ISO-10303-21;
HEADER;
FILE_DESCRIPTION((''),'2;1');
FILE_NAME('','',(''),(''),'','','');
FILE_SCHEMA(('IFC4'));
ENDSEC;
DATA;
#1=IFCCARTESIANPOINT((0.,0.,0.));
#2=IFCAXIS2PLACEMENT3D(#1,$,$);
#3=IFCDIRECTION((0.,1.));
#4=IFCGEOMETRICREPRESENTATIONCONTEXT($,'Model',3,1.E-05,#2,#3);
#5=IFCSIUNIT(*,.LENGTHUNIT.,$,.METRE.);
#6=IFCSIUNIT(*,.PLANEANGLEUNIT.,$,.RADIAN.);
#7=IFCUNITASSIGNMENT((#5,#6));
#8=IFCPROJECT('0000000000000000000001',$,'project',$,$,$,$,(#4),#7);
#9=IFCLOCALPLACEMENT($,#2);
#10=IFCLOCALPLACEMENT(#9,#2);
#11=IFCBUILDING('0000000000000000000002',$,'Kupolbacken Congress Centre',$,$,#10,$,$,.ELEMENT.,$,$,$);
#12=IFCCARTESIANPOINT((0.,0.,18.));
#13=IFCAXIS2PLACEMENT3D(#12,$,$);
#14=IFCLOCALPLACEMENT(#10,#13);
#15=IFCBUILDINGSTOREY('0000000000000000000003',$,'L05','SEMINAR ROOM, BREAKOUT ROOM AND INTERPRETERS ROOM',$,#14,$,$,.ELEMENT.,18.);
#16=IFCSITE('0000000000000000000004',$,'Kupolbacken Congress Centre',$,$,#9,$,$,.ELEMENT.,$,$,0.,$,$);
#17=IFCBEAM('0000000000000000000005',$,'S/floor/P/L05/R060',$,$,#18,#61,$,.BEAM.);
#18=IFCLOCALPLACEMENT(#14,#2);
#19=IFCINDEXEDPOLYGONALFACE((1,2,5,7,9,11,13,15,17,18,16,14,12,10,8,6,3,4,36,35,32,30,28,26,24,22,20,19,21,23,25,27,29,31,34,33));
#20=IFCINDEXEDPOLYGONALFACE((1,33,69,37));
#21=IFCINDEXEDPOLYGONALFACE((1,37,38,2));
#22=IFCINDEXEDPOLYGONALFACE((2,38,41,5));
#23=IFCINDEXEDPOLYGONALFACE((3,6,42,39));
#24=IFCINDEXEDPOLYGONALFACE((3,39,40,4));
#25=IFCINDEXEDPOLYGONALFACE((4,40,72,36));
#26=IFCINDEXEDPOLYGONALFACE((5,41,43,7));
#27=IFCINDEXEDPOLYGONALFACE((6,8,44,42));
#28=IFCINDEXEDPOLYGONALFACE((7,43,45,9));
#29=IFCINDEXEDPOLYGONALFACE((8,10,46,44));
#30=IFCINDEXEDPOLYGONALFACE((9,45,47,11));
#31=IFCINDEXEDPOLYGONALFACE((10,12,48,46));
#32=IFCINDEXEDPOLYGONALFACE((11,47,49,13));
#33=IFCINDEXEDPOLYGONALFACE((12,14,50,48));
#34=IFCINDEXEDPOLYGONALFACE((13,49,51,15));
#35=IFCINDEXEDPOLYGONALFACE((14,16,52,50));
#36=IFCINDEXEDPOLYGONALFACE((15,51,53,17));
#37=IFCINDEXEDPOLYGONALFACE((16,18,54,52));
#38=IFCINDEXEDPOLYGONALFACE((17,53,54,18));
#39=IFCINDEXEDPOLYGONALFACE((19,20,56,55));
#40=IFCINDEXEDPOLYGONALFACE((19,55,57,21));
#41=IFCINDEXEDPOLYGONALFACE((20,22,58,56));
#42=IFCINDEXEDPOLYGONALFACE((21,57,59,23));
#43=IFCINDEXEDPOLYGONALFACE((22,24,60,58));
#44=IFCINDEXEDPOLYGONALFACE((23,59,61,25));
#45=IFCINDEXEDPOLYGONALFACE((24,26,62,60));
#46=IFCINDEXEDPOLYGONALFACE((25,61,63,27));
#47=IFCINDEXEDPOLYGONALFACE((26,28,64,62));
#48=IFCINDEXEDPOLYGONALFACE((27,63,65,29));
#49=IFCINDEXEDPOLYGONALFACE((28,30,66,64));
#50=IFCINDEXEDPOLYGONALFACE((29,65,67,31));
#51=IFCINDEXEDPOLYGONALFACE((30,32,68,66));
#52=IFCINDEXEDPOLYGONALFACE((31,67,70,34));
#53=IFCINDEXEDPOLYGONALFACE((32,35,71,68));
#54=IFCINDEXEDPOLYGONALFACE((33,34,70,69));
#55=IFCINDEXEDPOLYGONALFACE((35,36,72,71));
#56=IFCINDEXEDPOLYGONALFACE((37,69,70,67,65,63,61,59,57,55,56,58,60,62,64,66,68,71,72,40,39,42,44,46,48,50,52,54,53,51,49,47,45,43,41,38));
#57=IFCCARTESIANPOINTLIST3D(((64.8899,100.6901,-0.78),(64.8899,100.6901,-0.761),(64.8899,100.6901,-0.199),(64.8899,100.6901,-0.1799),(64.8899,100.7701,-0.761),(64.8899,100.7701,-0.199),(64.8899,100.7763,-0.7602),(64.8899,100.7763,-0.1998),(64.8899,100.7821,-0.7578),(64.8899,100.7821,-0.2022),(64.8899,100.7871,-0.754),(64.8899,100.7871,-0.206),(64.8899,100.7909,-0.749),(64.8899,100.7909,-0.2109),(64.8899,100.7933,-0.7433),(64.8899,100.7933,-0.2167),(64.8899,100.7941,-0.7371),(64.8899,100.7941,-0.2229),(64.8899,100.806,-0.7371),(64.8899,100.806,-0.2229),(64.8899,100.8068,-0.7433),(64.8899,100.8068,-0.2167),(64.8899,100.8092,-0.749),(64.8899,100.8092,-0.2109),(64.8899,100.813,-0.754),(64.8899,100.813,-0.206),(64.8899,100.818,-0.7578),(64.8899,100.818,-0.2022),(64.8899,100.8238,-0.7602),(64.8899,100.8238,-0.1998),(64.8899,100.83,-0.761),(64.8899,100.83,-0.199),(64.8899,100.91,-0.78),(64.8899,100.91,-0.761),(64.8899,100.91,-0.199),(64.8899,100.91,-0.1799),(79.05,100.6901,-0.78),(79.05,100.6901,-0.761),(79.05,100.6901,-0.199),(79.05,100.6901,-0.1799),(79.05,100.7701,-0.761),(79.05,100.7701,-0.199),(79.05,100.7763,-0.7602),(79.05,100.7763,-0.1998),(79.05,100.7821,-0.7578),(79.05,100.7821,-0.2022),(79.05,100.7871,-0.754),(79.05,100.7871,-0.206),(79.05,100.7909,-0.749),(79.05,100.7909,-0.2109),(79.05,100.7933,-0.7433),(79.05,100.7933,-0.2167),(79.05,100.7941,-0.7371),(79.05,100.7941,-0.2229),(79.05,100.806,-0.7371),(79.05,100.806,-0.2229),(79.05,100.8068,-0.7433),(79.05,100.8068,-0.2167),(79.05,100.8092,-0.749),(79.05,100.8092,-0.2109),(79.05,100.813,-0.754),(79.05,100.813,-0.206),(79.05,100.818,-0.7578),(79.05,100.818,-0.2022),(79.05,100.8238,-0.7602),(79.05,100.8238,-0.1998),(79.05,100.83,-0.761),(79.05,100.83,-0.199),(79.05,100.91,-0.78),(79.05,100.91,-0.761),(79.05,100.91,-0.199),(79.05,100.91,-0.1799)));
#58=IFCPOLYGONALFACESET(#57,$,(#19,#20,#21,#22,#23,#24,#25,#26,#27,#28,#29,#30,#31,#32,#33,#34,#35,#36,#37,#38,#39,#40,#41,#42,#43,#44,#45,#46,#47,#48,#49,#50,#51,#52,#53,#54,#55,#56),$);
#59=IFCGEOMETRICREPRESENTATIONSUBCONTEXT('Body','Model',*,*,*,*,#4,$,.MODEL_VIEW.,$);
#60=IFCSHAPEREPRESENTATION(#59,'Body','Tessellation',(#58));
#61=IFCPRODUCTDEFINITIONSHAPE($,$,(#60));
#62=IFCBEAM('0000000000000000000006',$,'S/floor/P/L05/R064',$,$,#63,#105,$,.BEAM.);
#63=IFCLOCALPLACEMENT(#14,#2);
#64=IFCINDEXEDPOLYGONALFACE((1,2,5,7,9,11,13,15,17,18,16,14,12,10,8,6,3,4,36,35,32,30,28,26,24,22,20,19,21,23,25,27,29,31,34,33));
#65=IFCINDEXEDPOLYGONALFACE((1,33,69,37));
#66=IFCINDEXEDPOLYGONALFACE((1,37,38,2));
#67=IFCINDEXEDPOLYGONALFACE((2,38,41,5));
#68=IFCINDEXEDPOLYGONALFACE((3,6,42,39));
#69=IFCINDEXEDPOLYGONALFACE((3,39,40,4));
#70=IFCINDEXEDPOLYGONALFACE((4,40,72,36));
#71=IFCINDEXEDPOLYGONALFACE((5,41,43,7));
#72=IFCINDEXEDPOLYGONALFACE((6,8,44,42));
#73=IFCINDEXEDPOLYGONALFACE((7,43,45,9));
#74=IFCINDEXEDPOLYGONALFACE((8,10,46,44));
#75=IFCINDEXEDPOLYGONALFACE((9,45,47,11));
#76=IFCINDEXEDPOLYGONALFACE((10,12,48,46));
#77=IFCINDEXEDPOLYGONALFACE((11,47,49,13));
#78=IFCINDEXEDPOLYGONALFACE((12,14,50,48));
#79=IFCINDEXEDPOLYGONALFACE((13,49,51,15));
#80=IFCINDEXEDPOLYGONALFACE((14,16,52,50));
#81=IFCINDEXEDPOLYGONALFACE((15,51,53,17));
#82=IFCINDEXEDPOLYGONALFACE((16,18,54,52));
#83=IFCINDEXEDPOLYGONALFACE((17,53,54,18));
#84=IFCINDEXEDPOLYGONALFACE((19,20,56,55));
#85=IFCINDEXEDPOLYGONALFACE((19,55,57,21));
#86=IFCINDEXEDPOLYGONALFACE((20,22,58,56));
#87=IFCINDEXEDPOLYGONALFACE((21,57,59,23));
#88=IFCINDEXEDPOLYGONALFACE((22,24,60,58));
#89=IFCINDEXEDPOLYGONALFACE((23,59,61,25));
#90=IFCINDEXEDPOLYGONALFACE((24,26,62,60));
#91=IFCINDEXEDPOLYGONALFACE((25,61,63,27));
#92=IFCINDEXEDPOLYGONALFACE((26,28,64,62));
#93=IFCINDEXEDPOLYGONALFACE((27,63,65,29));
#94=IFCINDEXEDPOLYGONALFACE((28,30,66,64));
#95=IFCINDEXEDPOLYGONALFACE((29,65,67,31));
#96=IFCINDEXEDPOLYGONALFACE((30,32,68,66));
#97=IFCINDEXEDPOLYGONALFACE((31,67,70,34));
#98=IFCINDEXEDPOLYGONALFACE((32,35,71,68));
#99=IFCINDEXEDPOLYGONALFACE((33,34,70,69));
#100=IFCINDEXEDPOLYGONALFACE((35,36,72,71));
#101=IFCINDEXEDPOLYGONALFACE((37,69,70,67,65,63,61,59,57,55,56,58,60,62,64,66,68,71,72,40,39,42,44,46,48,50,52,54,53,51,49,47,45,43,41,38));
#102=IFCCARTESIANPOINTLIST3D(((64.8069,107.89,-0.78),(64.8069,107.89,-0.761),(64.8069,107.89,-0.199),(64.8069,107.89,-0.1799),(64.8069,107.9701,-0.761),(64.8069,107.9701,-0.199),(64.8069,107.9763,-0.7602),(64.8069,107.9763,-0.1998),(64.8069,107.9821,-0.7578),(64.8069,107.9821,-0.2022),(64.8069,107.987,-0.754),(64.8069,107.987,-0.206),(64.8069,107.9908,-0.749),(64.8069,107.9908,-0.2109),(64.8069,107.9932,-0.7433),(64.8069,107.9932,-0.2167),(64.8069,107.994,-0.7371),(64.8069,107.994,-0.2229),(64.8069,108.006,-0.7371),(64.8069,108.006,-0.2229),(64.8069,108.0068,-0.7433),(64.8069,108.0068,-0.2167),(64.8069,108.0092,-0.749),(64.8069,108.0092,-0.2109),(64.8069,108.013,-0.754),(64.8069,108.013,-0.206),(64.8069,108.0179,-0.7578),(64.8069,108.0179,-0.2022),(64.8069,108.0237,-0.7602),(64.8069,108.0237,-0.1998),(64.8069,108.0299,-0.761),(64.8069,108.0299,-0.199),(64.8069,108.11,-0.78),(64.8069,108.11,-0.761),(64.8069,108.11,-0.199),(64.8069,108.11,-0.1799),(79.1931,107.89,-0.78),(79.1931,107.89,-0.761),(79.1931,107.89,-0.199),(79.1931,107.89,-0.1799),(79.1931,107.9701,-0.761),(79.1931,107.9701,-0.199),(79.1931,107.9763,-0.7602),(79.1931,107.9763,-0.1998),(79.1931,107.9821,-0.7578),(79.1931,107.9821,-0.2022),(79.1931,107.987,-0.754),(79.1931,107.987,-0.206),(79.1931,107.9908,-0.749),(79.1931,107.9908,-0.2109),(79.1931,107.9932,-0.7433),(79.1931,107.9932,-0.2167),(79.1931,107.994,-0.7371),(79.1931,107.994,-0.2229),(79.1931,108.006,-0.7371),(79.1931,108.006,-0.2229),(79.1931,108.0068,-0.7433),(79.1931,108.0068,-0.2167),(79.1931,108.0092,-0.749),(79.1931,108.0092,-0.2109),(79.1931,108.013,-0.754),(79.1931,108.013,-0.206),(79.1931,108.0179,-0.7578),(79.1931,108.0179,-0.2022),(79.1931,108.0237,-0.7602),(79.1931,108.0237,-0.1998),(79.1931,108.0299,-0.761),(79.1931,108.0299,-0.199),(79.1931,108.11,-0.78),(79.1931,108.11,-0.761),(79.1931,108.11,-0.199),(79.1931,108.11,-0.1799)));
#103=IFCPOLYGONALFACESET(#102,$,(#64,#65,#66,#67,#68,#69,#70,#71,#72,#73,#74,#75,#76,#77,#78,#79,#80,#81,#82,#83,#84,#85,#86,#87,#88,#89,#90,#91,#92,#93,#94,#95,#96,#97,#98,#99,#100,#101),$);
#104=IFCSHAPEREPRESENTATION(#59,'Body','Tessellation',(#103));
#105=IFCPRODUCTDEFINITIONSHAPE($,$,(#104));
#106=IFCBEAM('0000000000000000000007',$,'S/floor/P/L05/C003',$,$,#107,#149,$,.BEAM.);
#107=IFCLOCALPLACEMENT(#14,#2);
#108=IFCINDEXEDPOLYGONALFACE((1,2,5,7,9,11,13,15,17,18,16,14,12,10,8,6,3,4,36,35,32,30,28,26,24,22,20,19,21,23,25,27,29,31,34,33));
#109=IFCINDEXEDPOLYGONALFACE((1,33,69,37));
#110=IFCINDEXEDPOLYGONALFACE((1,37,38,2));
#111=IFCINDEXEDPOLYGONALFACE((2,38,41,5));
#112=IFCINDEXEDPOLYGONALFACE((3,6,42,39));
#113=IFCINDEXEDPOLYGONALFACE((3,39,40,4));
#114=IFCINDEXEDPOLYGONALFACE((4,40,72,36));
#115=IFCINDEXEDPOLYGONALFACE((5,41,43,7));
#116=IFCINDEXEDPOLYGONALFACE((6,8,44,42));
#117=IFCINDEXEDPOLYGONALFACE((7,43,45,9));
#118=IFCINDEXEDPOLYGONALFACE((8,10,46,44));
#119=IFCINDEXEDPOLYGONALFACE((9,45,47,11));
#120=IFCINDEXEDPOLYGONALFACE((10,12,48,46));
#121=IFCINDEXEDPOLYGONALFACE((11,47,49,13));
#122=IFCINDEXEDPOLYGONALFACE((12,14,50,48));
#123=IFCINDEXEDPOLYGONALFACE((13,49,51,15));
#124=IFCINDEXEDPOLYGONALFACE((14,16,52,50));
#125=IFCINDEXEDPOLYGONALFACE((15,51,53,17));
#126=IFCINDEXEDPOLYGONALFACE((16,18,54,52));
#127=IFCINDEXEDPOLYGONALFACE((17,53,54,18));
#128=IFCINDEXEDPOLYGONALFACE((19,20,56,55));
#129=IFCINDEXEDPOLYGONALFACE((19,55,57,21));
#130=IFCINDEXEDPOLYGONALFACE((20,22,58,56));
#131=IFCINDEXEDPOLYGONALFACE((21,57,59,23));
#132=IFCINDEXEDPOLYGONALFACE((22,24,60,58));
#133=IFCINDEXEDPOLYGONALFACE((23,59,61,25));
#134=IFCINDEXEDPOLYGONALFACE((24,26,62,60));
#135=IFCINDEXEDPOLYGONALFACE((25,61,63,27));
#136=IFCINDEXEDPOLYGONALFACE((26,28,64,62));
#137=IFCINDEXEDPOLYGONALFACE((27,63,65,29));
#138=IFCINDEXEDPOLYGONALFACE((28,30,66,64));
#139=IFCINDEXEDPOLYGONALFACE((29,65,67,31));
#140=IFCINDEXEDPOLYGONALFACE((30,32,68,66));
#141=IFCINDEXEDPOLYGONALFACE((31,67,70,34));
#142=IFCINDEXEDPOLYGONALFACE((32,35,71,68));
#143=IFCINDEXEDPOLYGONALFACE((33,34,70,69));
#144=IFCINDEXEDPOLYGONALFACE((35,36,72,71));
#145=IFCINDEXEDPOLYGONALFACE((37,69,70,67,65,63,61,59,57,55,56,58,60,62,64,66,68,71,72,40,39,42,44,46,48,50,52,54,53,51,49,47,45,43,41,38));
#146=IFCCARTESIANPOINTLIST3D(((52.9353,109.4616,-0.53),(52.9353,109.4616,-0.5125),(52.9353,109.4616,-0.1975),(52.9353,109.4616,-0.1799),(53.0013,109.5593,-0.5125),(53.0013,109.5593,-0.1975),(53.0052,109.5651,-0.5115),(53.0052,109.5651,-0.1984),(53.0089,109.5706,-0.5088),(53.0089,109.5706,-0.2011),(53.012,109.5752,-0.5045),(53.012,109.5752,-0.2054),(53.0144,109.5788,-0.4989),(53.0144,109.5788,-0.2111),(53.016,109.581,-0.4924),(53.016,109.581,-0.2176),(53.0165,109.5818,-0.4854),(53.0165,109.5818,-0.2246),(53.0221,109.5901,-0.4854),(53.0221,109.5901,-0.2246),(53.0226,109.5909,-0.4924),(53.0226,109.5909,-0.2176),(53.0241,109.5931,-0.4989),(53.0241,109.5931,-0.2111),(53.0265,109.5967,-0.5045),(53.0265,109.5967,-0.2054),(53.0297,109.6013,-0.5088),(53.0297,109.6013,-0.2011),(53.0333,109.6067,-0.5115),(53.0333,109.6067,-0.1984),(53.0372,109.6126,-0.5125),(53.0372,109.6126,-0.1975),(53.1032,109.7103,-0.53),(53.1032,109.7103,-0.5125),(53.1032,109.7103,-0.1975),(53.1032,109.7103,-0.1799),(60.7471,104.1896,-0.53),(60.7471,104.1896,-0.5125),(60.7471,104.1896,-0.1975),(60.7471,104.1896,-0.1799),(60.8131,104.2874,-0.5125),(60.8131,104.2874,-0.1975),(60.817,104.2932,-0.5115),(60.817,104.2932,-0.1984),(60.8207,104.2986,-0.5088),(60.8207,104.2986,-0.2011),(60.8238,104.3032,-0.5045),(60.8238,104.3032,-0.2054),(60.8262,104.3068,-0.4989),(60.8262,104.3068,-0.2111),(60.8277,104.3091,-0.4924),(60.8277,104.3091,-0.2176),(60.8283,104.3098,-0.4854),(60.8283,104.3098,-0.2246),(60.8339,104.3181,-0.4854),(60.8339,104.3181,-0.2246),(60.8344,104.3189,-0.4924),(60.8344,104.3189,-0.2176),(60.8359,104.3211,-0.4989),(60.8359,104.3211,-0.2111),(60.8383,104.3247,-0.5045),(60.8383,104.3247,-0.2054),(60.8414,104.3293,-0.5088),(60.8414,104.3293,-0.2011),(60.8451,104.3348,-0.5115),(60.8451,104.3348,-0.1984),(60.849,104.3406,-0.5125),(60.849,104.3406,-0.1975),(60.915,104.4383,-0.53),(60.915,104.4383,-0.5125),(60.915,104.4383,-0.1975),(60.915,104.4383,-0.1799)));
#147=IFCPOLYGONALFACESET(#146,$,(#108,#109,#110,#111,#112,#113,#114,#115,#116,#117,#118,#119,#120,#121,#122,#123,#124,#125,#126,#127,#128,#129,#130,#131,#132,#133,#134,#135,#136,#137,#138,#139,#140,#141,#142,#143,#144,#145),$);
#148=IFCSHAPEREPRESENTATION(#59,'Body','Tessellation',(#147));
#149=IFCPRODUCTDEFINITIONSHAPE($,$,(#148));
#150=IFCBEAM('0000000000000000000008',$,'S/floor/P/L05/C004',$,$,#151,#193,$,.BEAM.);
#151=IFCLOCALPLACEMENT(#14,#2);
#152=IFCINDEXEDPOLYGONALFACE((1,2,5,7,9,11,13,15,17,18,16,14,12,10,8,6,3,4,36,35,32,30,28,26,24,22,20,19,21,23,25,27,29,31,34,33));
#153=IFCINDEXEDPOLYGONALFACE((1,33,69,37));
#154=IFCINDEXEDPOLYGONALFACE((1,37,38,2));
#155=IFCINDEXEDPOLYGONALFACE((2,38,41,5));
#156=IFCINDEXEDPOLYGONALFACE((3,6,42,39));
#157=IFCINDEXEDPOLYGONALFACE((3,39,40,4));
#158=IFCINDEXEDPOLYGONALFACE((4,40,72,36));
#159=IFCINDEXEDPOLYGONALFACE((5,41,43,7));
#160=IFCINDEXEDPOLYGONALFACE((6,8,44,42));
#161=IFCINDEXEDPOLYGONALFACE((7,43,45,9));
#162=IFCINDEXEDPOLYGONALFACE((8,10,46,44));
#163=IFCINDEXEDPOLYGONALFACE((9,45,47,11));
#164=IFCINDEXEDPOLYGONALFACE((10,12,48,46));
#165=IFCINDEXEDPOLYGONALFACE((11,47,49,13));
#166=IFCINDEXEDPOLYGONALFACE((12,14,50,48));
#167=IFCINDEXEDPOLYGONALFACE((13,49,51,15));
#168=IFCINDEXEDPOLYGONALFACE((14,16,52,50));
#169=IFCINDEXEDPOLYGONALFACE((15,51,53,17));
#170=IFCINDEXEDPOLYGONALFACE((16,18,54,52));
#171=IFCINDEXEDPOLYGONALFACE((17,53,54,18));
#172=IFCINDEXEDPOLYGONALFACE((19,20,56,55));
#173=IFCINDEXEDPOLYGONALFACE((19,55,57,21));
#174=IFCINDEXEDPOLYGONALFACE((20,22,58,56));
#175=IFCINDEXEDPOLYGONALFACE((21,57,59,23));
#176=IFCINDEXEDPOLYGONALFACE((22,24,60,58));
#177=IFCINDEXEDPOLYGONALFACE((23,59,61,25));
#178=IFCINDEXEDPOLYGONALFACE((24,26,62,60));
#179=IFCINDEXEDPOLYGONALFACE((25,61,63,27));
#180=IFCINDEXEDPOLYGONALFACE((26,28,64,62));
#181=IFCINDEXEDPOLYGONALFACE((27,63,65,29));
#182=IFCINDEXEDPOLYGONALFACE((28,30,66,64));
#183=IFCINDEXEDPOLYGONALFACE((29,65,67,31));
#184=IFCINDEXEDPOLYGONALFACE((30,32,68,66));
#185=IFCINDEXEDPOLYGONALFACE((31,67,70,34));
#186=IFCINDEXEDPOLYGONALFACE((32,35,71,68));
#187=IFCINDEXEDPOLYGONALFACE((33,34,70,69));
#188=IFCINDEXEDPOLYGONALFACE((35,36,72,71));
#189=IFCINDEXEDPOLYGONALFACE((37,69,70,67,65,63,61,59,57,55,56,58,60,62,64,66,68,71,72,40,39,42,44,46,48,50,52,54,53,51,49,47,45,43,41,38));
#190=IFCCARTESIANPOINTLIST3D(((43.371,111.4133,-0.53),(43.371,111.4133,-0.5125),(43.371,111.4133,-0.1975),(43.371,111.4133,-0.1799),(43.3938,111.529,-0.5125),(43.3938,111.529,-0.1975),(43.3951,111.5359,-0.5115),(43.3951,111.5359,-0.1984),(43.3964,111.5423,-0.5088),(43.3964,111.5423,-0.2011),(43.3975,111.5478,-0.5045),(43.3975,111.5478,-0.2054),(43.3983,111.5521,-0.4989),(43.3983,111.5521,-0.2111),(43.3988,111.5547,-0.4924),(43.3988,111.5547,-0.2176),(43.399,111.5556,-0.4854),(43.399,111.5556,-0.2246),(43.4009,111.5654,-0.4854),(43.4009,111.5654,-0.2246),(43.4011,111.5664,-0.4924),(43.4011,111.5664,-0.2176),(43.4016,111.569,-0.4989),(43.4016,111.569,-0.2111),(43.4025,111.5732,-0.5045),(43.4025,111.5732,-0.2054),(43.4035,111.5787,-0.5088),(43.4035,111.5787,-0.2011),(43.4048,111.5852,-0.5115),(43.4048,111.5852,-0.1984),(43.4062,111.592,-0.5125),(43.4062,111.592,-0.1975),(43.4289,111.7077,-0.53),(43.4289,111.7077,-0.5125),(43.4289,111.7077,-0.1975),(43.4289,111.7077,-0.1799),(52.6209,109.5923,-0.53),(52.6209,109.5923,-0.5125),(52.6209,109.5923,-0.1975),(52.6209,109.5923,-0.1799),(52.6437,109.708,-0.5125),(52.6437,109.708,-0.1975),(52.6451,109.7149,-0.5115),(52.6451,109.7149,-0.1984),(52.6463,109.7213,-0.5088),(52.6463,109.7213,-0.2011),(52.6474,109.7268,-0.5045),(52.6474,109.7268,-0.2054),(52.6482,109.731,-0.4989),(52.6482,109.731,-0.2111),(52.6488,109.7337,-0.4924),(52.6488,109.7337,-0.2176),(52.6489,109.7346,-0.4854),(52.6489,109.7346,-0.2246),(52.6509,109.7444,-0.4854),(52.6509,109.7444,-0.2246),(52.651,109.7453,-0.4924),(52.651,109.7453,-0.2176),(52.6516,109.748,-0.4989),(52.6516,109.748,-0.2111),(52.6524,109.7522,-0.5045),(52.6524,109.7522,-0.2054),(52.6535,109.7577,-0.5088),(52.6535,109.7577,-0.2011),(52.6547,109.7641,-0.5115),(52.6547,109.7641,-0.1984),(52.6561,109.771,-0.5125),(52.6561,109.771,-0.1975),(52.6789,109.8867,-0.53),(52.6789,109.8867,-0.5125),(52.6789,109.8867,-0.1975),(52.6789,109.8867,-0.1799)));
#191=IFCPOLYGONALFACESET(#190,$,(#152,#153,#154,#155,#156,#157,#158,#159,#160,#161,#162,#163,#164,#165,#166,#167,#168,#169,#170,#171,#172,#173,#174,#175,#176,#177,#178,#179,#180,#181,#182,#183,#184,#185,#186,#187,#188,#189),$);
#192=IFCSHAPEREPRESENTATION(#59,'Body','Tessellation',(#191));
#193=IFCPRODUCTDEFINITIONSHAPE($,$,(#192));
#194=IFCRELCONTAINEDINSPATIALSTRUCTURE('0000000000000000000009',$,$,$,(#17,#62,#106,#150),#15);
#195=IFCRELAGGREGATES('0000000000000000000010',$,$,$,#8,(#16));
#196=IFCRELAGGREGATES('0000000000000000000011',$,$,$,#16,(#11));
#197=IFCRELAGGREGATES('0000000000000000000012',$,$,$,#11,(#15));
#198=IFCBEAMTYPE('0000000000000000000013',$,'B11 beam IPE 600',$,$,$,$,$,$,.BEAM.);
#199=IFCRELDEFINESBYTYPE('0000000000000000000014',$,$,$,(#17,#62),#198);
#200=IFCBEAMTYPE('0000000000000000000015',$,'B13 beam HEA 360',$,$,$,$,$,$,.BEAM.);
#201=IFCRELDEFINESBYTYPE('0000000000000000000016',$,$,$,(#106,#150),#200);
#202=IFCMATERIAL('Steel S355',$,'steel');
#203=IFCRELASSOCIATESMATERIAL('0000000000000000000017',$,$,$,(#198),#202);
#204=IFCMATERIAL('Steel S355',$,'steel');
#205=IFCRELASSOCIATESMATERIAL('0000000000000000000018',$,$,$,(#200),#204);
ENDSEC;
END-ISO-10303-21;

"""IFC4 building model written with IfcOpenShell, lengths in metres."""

from ifc_helpers import new_model, si_unit, direction, frame, origin, origin_2d, place, context, subcontext, project, spatial, i_section, extrude, material, material_profile, profile_set, type_object, element, save


model = new_model("IFC4")

# Units and contexts
model_context = context("Model", 3, precision=1e-05, world=origin(), true_north=direction((0.0, 1.0)))
body_context = subcontext(model_context, "Body", "Model", "MODEL_VIEW")
ifc_project = project(units=[si_unit("LENGTHUNIT", "METRE"), si_unit("PLANEANGLEUNIT", "RADIAN")], contexts=[model_context])

# Site, building, storey
site_placement = place(None, origin())
site = spatial("IfcSite", under=ifc_project, at=site_placement, Name="Kupolbacken Congress Centre", CompositionType="ELEMENT", RefElevation=0.0)
building_placement = place(site_placement, origin())
building = spatial("IfcBuilding", under=site, at=building_placement, Name="Kupolbacken Congress Centre", CompositionType="ELEMENT")
storey_placement = place(building_placement, frame((0.0, 0.0, 18.0)))
storey = spatial("IfcBuildingStorey", under=building, at=storey_placement, Name="L05", Description="SEMINAR ROOM, BREAKOUT ROOM AND INTERPRETERS ROOM", CompositionType="ELEMENT", Elevation=18.0)

# Beams
ifc_material_1 = material(Name="Steel S355", Category="steel")
ifc_material_profile_1 = material_profile(ifc_material_1, i_section(OverallWidth=0.22, OverallDepth=0.6001, WebThickness=0.012, FlangeThickness=0.019, FilletRadius=0.0239, at=origin_2d()), Name="IPE 600")
ifc_profile_set_1 = profile_set([ifc_material_profile_1], Name="Steel S355")
beam_type_1 = type_object("IfcBeamType", Name="B11 beam IPE 600", PredefinedType="BEAM", material=ifc_profile_set_1)
beam_1_placement = place(storey_placement, frame((64.8899, 100.8, -0.48), z_axis=(1.0, 0.0, 0.0), x_axis=(0.0, 1.0, 0.0)))
element("IfcBeam", 1, at=beam_1_placement, inside=storey, type_object=beam_type_1, Name="S/floor/P/L05/R060", PredefinedType="BEAM", context=body_context, shape_type="SweptSolid", body=[
    extrude(i_section(OverallWidth=0.22, OverallDepth=0.6001, WebThickness=0.012, FlangeThickness=0.019, FilletRadius=0.0239, at=origin_2d()), origin(), (0.0, 0.0, 1.0), 14.1602),
])
beam_2_placement = place(storey_placement, frame((64.8069, 108.0, -0.48), z_axis=(1.0, 0.0, 0.0), x_axis=(0.0, 1.0, 0.0)))
element("IfcBeam", 2, at=beam_2_placement, inside=storey, type_object=beam_type_1, Name="S/floor/P/L05/R064", PredefinedType="BEAM", context=body_context, shape_type="SweptSolid", body=[
    extrude(i_section(OverallWidth=0.22, OverallDepth=0.6001, WebThickness=0.012, FlangeThickness=0.019, FilletRadius=0.0239, at=origin_2d()), origin(), (0.0, 0.0, 1.0), 14.3862),
])
ifc_material_2 = material(Name="Steel S355", Category="steel")
ifc_material_profile_2 = material_profile(ifc_material_2, i_section(OverallWidth=0.3, OverallDepth=0.3501, WebThickness=0.01, FlangeThickness=0.0176, FilletRadius=0.0271, at=origin_2d()), Name="HEA 360")
ifc_profile_set_2 = profile_set([ifc_material_profile_2], Name="Steel S355")
beam_type_2 = type_object("IfcBeamType", Name="B13 beam HEA 360", PredefinedType="BEAM", material=ifc_profile_set_2)
beam_3_placement = place(storey_placement, frame((60.8311, 104.314, -0.355), z_axis=(-0.828896, 0.559402, 0.0), x_axis=(-0.559402, -0.828896, 0.0)))
element("IfcBeam", 3, at=beam_3_placement, inside=storey, type_object=beam_type_2, Name="S/floor/P/L05/C003", PredefinedType="BEAM", context=body_context, shape_type="SweptSolid", body=[
    extrude(i_section(OverallWidth=0.3, OverallDepth=0.3501, WebThickness=0.01, FlangeThickness=0.0176, FilletRadius=0.0271, at=origin_2d()), origin(), (0.0, 0.0, 1.0), 9.4243),
])
beam_4_placement = place(storey_placement, frame((52.6499, 109.7395, -0.355), z_axis=(-0.981167, 0.193162, 0.0), x_axis=(-0.193162, -0.981167, 0.0)))
element("IfcBeam", 4, at=beam_4_placement, inside=storey, type_object=beam_type_2, Name="S/floor/P/L05/C004", PredefinedType="BEAM", context=body_context, shape_type="SweptSolid", body=[
    extrude(i_section(OverallWidth=0.3, OverallDepth=0.3501, WebThickness=0.01, FlangeThickness=0.0176, FilletRadius=0.0271, at=origin_2d()), origin(), (0.0, 0.0, 1.0), 9.4275),
])

save(model, "model.ifc")
